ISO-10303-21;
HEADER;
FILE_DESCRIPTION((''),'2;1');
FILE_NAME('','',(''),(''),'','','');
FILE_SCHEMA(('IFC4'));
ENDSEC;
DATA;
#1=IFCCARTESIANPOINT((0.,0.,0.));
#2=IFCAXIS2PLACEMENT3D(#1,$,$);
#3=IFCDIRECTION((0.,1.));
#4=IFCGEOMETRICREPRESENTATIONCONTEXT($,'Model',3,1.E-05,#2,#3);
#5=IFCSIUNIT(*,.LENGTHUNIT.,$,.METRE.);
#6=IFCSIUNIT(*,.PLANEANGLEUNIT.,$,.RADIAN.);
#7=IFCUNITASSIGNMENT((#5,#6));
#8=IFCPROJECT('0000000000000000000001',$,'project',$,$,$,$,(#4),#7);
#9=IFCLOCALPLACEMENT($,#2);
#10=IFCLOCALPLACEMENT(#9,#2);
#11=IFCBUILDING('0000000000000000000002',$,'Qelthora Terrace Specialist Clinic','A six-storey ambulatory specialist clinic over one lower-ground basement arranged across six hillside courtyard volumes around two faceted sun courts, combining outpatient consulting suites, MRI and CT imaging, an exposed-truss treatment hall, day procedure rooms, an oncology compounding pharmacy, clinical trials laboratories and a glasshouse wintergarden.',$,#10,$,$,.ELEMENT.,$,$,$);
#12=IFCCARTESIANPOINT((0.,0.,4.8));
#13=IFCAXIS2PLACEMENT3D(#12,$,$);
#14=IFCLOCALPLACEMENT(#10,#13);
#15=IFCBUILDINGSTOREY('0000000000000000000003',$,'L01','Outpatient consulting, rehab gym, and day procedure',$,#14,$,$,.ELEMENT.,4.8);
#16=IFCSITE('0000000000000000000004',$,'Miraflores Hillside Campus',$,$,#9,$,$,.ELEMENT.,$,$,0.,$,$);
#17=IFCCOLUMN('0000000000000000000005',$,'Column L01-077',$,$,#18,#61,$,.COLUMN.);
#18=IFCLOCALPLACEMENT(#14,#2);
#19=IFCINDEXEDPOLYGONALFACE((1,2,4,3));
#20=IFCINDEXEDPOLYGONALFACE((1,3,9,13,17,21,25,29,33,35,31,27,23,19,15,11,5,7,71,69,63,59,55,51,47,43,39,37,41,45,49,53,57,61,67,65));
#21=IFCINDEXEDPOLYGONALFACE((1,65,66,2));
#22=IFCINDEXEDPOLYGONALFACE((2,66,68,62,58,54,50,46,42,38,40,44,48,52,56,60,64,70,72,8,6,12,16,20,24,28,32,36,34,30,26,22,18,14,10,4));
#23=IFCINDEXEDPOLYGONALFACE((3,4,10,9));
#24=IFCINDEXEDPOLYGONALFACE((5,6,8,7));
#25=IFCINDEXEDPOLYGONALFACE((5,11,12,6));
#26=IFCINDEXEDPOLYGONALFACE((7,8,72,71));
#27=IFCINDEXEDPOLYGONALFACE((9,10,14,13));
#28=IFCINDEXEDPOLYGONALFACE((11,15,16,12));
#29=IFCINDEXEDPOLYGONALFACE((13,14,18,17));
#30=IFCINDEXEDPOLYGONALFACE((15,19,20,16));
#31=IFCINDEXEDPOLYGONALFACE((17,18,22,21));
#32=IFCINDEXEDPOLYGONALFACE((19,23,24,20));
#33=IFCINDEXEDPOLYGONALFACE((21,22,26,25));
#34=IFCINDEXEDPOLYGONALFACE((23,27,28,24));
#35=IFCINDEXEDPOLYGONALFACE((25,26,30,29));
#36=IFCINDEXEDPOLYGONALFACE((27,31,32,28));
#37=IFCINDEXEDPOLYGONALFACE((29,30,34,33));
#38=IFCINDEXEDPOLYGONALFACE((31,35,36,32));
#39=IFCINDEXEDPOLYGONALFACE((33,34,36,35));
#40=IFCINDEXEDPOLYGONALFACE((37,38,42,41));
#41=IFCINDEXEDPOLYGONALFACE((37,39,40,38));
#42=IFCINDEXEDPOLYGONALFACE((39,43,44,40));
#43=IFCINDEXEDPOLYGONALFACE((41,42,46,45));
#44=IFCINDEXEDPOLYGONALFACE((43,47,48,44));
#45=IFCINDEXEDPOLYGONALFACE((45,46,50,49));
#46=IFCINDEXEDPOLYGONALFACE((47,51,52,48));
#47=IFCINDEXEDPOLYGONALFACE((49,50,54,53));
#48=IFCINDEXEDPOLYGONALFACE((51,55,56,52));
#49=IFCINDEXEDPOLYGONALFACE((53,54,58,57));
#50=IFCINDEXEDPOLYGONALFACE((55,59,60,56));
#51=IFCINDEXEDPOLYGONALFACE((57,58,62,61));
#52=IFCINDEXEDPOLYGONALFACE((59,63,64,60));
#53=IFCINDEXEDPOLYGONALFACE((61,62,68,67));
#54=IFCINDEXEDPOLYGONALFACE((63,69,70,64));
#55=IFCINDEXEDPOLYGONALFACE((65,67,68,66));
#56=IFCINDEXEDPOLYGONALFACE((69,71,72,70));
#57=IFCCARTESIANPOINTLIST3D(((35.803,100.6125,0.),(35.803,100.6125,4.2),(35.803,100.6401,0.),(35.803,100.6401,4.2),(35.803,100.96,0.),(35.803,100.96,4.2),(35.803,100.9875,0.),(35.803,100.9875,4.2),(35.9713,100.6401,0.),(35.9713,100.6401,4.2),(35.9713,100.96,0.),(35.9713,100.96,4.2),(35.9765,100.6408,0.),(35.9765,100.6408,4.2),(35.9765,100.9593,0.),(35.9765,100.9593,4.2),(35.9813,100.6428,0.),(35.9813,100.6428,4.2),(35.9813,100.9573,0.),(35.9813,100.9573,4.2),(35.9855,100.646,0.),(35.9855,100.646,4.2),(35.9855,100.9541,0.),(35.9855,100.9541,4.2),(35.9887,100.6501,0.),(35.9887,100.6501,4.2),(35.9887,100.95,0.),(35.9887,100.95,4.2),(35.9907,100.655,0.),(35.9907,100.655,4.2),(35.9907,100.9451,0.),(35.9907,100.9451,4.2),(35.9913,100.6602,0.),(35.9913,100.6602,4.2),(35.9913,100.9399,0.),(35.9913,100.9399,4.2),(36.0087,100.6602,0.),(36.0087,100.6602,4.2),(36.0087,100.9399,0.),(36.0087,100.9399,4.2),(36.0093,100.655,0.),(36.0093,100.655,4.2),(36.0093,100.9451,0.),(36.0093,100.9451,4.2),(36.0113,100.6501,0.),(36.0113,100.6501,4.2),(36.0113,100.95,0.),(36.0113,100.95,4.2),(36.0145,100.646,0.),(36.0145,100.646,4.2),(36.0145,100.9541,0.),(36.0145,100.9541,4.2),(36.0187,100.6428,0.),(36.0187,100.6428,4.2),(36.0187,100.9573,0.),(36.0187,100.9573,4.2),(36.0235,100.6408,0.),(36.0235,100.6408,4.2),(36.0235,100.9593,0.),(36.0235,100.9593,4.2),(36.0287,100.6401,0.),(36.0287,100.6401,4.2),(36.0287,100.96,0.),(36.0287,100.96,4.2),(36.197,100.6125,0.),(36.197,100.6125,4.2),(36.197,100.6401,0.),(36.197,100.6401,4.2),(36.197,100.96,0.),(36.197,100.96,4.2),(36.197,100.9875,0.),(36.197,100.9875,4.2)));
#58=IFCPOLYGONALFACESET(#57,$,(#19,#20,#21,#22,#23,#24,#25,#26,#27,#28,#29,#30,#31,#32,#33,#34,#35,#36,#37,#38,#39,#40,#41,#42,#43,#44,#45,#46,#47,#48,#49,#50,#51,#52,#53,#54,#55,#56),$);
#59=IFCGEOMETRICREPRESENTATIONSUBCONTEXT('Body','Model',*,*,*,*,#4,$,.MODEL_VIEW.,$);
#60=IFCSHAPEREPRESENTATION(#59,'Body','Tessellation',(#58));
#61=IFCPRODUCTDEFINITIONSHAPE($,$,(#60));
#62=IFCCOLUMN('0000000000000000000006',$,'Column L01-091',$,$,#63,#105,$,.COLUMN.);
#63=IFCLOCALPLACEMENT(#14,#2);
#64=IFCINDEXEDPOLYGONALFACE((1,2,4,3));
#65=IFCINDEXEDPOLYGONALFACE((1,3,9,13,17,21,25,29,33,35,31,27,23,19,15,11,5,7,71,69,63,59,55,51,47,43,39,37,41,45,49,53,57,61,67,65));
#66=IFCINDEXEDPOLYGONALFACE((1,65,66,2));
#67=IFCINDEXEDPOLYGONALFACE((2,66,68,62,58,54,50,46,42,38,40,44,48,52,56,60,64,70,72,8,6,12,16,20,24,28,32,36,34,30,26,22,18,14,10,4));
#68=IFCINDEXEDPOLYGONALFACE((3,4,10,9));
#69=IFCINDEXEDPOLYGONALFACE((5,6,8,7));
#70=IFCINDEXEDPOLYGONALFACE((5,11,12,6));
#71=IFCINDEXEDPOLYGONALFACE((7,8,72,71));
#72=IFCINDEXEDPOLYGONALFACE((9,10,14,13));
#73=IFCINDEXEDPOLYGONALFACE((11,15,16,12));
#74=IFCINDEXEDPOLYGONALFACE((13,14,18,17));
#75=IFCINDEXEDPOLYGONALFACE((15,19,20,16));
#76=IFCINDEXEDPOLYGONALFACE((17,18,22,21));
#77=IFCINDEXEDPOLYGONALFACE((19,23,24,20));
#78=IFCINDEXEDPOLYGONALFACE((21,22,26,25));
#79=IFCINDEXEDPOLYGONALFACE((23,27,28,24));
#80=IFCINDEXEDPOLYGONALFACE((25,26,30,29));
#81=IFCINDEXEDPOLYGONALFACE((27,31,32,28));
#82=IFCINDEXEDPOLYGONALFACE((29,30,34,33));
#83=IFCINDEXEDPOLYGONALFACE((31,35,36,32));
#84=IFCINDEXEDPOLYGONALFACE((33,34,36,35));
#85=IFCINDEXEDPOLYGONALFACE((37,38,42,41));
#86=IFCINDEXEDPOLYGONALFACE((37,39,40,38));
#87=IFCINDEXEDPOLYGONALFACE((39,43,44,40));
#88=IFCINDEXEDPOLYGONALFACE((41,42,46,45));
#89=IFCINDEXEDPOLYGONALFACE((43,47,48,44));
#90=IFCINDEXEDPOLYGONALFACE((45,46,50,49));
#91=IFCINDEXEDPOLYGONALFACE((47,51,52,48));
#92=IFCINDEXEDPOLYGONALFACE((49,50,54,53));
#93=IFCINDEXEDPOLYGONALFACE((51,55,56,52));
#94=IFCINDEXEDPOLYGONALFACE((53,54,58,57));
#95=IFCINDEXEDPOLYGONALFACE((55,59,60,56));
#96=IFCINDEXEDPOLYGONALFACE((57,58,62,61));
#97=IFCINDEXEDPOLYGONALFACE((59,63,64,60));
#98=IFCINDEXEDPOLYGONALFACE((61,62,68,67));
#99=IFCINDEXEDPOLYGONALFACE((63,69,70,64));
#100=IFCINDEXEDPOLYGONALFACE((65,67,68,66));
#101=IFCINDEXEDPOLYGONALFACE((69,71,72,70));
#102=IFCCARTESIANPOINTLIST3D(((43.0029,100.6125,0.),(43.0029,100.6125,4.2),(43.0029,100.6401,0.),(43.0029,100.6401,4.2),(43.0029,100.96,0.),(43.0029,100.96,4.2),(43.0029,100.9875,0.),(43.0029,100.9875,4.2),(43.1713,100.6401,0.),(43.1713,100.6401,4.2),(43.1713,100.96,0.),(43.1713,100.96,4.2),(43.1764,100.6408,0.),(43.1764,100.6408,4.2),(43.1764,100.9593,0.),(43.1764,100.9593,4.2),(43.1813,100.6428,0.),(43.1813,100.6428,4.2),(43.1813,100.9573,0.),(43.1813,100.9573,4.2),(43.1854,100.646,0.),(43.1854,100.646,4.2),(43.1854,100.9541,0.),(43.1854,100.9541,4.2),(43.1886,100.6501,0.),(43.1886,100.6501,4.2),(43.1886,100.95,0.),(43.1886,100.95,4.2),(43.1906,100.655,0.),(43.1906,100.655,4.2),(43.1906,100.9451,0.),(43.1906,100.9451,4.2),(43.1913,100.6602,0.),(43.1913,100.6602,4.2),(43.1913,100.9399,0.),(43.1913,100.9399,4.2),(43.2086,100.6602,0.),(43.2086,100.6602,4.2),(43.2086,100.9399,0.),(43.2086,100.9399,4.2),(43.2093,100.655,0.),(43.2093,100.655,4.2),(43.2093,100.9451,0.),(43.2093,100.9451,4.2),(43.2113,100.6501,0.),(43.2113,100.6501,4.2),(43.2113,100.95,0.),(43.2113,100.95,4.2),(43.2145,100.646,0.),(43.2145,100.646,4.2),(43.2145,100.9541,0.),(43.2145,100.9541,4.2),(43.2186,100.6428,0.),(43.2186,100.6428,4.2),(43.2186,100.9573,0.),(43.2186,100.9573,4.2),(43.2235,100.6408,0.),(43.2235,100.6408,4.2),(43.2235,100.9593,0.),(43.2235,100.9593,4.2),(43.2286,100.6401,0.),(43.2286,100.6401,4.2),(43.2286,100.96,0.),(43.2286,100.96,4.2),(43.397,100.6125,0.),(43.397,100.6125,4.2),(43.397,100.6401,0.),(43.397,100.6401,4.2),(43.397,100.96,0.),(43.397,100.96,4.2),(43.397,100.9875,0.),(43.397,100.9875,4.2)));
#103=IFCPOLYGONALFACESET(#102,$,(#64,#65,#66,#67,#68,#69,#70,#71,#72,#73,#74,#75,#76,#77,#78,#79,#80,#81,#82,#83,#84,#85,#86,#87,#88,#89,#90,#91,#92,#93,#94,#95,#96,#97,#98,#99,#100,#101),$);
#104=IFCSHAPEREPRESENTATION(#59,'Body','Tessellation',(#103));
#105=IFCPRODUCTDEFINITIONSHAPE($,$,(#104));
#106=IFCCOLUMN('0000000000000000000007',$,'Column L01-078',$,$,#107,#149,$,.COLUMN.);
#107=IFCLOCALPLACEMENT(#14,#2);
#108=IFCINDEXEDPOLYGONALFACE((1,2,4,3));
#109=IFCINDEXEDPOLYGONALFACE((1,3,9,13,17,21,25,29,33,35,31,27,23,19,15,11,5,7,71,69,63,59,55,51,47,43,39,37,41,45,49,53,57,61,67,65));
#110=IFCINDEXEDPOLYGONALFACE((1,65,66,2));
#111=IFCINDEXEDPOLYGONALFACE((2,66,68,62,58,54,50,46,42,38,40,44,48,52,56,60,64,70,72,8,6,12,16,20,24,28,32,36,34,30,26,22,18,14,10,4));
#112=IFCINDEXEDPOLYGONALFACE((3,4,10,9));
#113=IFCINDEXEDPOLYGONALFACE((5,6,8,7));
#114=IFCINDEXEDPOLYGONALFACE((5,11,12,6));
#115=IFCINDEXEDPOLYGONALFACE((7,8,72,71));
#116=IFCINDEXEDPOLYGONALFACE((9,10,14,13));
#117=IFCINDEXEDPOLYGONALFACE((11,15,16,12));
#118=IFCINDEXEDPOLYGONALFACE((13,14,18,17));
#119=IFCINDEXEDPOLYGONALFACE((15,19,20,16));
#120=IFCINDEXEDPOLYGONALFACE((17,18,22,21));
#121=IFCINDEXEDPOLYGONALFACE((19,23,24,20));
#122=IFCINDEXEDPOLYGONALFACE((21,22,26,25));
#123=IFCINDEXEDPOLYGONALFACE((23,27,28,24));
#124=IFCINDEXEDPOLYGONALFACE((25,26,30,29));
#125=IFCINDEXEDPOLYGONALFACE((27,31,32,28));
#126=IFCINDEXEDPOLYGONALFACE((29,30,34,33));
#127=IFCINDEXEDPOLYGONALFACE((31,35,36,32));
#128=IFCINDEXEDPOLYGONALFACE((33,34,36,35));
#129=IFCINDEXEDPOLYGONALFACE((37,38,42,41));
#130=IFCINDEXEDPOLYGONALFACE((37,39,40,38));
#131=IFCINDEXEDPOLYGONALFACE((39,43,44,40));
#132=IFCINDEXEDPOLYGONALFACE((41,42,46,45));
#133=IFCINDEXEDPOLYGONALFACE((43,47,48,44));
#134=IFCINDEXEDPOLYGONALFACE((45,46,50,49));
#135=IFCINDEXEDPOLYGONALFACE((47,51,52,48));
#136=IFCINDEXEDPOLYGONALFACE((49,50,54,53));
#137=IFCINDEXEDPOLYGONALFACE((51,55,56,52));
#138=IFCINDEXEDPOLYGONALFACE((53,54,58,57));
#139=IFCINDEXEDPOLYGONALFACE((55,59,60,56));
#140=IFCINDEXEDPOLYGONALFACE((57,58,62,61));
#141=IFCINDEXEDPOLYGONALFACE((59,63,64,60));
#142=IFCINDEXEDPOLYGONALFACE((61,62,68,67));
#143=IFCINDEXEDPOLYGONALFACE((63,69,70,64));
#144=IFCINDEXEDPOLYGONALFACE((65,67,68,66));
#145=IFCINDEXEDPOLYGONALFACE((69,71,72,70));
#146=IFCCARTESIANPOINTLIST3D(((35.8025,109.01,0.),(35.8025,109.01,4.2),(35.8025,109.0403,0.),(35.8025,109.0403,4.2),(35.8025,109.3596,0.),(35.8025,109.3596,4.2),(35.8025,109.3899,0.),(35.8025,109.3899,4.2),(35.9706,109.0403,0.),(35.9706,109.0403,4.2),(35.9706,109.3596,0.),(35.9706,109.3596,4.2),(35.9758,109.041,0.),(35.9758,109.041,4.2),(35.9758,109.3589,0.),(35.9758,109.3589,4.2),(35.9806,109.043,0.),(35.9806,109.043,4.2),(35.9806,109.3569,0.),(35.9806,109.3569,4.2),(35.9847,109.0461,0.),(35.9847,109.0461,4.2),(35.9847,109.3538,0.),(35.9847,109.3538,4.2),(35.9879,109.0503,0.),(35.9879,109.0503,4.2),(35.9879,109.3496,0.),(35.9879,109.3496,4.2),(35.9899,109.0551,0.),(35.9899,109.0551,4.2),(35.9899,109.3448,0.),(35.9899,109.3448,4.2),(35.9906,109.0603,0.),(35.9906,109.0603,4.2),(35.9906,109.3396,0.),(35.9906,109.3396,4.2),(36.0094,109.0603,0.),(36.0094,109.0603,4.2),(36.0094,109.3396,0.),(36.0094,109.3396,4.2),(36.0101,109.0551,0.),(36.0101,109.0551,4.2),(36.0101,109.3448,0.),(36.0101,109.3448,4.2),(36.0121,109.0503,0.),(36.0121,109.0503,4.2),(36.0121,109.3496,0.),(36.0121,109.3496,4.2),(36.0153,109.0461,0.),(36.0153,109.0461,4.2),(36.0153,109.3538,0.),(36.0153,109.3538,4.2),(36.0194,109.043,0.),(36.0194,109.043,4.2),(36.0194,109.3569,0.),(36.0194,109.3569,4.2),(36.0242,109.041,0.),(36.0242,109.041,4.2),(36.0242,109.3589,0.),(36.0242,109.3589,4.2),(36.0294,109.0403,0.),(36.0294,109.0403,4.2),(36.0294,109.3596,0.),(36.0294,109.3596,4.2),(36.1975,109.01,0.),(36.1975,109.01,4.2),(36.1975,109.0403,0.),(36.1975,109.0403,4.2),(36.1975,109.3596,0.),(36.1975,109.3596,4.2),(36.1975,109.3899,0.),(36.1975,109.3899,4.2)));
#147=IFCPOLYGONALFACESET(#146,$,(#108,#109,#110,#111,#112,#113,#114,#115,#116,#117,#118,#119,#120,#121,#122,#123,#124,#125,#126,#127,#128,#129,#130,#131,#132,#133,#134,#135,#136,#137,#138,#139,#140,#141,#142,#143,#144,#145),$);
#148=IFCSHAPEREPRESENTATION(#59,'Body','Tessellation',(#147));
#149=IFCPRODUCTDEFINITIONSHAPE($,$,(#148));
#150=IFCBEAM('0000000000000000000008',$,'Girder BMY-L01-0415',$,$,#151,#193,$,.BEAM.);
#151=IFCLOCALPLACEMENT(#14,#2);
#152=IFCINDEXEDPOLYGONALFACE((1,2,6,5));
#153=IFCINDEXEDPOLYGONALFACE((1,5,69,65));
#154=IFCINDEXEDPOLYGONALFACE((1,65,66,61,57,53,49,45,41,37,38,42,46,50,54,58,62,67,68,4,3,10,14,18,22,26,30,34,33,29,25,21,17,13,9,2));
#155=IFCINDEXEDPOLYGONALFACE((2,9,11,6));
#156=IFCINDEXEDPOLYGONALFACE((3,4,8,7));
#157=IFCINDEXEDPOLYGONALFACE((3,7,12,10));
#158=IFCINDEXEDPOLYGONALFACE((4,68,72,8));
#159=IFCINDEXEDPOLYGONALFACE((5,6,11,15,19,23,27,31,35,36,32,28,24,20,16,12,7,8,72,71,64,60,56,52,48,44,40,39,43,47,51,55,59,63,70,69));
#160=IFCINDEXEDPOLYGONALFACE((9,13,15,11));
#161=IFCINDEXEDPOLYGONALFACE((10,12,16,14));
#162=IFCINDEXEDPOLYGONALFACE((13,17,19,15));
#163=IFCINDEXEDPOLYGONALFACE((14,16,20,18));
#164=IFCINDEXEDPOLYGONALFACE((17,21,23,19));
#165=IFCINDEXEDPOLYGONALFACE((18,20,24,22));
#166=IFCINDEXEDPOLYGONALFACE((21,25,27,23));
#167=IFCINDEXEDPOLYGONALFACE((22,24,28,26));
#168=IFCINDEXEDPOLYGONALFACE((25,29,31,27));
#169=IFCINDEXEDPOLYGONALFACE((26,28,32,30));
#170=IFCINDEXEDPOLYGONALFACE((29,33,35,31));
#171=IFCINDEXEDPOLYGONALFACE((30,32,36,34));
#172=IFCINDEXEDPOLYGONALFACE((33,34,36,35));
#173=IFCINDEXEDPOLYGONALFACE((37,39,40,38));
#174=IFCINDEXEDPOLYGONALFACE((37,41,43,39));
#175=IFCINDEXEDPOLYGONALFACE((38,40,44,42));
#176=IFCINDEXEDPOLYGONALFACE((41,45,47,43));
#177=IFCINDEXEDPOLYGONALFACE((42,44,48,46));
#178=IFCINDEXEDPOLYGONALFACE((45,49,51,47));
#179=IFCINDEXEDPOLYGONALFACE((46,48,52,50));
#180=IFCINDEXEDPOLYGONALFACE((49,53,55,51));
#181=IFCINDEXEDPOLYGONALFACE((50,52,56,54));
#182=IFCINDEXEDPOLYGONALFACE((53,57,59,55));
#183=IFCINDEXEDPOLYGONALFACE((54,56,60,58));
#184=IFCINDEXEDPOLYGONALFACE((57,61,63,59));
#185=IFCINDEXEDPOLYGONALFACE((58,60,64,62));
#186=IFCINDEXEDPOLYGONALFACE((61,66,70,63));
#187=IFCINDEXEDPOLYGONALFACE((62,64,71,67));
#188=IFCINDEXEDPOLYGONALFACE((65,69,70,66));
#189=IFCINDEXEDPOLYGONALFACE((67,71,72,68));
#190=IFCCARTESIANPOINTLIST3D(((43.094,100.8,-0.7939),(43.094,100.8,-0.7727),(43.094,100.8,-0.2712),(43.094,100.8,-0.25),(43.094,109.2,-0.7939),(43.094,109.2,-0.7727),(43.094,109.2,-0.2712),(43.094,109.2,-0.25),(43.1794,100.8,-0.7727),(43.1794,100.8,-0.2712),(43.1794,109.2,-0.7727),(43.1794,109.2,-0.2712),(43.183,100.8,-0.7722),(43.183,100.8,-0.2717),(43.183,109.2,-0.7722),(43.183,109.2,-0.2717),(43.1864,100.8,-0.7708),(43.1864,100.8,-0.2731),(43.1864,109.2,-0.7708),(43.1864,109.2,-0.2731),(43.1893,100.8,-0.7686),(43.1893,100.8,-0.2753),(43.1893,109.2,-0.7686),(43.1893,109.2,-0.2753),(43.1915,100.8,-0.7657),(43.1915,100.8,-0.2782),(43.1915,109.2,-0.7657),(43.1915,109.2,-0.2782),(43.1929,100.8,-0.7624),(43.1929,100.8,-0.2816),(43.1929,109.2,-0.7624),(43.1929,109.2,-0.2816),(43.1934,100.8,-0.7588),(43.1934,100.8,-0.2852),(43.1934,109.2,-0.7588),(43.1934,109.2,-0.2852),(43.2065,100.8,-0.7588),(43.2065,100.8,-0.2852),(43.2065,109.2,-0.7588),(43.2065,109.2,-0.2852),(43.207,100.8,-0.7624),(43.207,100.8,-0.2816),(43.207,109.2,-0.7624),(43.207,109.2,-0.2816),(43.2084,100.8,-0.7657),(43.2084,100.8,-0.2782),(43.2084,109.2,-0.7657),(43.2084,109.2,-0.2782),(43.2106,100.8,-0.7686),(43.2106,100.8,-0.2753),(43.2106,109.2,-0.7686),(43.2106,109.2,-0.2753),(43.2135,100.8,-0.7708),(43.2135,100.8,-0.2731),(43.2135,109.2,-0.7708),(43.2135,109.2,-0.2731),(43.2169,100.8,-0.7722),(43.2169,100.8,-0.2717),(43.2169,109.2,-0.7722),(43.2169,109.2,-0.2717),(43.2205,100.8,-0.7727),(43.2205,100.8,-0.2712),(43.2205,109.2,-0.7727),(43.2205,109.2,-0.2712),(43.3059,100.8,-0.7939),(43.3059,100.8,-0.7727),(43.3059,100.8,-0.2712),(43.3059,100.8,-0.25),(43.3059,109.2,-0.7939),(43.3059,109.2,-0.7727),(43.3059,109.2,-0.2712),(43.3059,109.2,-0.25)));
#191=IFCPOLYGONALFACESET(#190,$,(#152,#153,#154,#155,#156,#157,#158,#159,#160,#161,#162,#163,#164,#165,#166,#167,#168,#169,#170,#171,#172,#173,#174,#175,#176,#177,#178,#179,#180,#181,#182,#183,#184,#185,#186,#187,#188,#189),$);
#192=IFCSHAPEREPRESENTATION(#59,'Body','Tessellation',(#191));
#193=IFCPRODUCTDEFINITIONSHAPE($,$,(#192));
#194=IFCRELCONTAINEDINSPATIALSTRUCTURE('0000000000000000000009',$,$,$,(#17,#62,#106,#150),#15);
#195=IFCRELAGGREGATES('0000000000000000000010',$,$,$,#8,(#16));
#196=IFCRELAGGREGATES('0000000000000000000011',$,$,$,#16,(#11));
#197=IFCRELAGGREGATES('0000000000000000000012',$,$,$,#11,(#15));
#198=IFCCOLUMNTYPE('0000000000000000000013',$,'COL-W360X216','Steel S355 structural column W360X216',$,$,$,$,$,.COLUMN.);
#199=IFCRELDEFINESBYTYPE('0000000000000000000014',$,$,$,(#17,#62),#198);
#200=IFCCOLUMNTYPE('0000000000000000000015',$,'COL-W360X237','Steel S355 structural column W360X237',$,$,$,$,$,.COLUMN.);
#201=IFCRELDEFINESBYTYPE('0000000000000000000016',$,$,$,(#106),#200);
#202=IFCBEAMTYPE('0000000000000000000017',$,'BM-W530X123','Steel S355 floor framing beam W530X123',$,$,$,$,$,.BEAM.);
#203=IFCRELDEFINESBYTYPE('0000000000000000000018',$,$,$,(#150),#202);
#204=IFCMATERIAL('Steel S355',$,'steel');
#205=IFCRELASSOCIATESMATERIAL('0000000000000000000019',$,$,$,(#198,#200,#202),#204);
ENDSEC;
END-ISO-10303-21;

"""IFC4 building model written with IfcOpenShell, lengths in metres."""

from ifc_helpers import new_model, si_unit, direction, frame, origin, origin_2d, place, context, subcontext, project, spatial, i_section, extrude, material, material_profile, profile_set, type_object, element, save


model = new_model("IFC4")

# Units and contexts
model_context = context("Model", 3, precision=1e-05, world=origin(), true_north=direction((0.0, 1.0)))
body_context = subcontext(model_context, "Body", "Model", "MODEL_VIEW")
ifc_project = project(units=[si_unit("LENGTHUNIT", "METRE"), si_unit("PLANEANGLEUNIT", "RADIAN")], contexts=[model_context])

# Site, building, storey
site_placement = place(None, origin())
site = spatial("IfcSite", under=ifc_project, at=site_placement, Name="Miraflores Hillside Campus", CompositionType="ELEMENT", RefElevation=0.0)
building_placement = place(site_placement, origin())
building = spatial("IfcBuilding", under=site, at=building_placement, Name="Qelthora Terrace Specialist Clinic", Description="A six-storey ambulatory specialist clinic over one lower-ground basement arranged across six hillside courtyard volumes around two faceted sun courts, combining outpatient consulting suites, MRI and CT imaging, an exposed-truss treatment hall, day procedure rooms, an oncology compounding pharmacy, clinical trials laboratories and a glasshouse wintergarden.", CompositionType="ELEMENT")
storey_placement = place(building_placement, frame((0.0, 0.0, 4.8)))
storey = spatial("IfcBuildingStorey", under=building, at=storey_placement, Name="L01", Description="Outpatient consulting, rehab gym, and day procedure", CompositionType="ELEMENT", Elevation=4.8)

# Columns
ifc_material_1 = material(Name="Steel S355", Category="steel")
ifc_material_profile_1 = material_profile(ifc_material_1, i_section(OverallWidth=0.394, OverallDepth=0.375, WebThickness=0.0173, FlangeThickness=0.0276, FilletRadius=0.02, at=origin_2d()), Name="W360X216")
ifc_profile_set_1 = profile_set([ifc_material_profile_1], Name="Steel S355")
column_type_1 = type_object("IfcColumnType", Name="COL-W360X216", Description="Steel S355 structural column W360X216", PredefinedType="COLUMN", material=ifc_profile_set_1)
for number, where, z_axis, x_axis, name in (
    (1, (36.0, 100.8, 0.0), (0.0, 0.0, 1.0), (1.0, 0.0, 0.0), "Column L01-077"),
    (2, (43.2, 100.8, 0.0), (0.0, 0.0, 1.0), (1.0, 0.0, 0.0), "Column L01-091"),
):
    element("IfcColumn", number, at=place(storey_placement, frame(where, z_axis=z_axis, x_axis=x_axis)), inside=storey, type_object=column_type_1, Name=name, PredefinedType="COLUMN", context=body_context, shape_type="SweptSolid", body=[
        extrude(i_section(OverallWidth=0.394, OverallDepth=0.375, WebThickness=0.0173, FlangeThickness=0.0276, FilletRadius=0.02, at=origin_2d()), origin(), (0.0, 0.0, 1.0), 4.2),
    ])
ifc_material_profile_2 = material_profile(ifc_material_1, i_section(OverallWidth=0.395, OverallDepth=0.3799, WebThickness=0.0188, FlangeThickness=0.0303, FilletRadius=0.02, at=origin_2d()), Name="W360X237")
ifc_profile_set_2 = profile_set([ifc_material_profile_2], Name="Steel S355")
column_type_2 = type_object("IfcColumnType", Name="COL-W360X237", Description="Steel S355 structural column W360X237", PredefinedType="COLUMN", material=ifc_profile_set_2)
column_placement = place(storey_placement, frame((36.0, 109.2, 0.0), z_axis=(0.0, 0.0, 1.0), x_axis=(1.0, 0.0, 0.0)))
element("IfcColumn", 3, at=column_placement, inside=storey, type_object=column_type_2, Name="Column L01-078", PredefinedType="COLUMN", context=body_context, shape_type="SweptSolid", body=[
    extrude(i_section(OverallWidth=0.395, OverallDepth=0.3799, WebThickness=0.0188, FlangeThickness=0.0303, FilletRadius=0.02, at=origin_2d()), origin(), (0.0, 0.0, 1.0), 4.2),
])

# Beam
ifc_material_profile_3 = material_profile(ifc_material_1, i_section(OverallWidth=0.2119, OverallDepth=0.5439, WebThickness=0.0132, FlangeThickness=0.0212, FilletRadius=0.0139, at=origin_2d()), Name="W530X123")
ifc_profile_set_3 = profile_set([ifc_material_profile_3], Name="Steel S355")
beam_type_1 = type_object("IfcBeamType", Name="BM-W530X123", Description="Steel S355 floor framing beam W530X123", PredefinedType="BEAM", material=ifc_profile_set_3)
beam_1_placement = place(storey_placement, frame((43.2, 100.8, -0.522), z_axis=(0.0, 1.0, 0.0), x_axis=(-1.0, 0.0, 0.0)))
element("IfcBeam", 4, at=beam_1_placement, inside=storey, type_object=beam_type_1, Name="Girder BMY-L01-0415", PredefinedType="BEAM", context=body_context, shape_type="SweptSolid", body=[
    extrude(i_section(OverallWidth=0.2119, OverallDepth=0.5439, WebThickness=0.0132, FlangeThickness=0.0212, FilletRadius=0.0139, at=origin_2d()), origin(), (0.0, 0.0, 1.0), 8.3999),
])

save(model, "model.ifc")
